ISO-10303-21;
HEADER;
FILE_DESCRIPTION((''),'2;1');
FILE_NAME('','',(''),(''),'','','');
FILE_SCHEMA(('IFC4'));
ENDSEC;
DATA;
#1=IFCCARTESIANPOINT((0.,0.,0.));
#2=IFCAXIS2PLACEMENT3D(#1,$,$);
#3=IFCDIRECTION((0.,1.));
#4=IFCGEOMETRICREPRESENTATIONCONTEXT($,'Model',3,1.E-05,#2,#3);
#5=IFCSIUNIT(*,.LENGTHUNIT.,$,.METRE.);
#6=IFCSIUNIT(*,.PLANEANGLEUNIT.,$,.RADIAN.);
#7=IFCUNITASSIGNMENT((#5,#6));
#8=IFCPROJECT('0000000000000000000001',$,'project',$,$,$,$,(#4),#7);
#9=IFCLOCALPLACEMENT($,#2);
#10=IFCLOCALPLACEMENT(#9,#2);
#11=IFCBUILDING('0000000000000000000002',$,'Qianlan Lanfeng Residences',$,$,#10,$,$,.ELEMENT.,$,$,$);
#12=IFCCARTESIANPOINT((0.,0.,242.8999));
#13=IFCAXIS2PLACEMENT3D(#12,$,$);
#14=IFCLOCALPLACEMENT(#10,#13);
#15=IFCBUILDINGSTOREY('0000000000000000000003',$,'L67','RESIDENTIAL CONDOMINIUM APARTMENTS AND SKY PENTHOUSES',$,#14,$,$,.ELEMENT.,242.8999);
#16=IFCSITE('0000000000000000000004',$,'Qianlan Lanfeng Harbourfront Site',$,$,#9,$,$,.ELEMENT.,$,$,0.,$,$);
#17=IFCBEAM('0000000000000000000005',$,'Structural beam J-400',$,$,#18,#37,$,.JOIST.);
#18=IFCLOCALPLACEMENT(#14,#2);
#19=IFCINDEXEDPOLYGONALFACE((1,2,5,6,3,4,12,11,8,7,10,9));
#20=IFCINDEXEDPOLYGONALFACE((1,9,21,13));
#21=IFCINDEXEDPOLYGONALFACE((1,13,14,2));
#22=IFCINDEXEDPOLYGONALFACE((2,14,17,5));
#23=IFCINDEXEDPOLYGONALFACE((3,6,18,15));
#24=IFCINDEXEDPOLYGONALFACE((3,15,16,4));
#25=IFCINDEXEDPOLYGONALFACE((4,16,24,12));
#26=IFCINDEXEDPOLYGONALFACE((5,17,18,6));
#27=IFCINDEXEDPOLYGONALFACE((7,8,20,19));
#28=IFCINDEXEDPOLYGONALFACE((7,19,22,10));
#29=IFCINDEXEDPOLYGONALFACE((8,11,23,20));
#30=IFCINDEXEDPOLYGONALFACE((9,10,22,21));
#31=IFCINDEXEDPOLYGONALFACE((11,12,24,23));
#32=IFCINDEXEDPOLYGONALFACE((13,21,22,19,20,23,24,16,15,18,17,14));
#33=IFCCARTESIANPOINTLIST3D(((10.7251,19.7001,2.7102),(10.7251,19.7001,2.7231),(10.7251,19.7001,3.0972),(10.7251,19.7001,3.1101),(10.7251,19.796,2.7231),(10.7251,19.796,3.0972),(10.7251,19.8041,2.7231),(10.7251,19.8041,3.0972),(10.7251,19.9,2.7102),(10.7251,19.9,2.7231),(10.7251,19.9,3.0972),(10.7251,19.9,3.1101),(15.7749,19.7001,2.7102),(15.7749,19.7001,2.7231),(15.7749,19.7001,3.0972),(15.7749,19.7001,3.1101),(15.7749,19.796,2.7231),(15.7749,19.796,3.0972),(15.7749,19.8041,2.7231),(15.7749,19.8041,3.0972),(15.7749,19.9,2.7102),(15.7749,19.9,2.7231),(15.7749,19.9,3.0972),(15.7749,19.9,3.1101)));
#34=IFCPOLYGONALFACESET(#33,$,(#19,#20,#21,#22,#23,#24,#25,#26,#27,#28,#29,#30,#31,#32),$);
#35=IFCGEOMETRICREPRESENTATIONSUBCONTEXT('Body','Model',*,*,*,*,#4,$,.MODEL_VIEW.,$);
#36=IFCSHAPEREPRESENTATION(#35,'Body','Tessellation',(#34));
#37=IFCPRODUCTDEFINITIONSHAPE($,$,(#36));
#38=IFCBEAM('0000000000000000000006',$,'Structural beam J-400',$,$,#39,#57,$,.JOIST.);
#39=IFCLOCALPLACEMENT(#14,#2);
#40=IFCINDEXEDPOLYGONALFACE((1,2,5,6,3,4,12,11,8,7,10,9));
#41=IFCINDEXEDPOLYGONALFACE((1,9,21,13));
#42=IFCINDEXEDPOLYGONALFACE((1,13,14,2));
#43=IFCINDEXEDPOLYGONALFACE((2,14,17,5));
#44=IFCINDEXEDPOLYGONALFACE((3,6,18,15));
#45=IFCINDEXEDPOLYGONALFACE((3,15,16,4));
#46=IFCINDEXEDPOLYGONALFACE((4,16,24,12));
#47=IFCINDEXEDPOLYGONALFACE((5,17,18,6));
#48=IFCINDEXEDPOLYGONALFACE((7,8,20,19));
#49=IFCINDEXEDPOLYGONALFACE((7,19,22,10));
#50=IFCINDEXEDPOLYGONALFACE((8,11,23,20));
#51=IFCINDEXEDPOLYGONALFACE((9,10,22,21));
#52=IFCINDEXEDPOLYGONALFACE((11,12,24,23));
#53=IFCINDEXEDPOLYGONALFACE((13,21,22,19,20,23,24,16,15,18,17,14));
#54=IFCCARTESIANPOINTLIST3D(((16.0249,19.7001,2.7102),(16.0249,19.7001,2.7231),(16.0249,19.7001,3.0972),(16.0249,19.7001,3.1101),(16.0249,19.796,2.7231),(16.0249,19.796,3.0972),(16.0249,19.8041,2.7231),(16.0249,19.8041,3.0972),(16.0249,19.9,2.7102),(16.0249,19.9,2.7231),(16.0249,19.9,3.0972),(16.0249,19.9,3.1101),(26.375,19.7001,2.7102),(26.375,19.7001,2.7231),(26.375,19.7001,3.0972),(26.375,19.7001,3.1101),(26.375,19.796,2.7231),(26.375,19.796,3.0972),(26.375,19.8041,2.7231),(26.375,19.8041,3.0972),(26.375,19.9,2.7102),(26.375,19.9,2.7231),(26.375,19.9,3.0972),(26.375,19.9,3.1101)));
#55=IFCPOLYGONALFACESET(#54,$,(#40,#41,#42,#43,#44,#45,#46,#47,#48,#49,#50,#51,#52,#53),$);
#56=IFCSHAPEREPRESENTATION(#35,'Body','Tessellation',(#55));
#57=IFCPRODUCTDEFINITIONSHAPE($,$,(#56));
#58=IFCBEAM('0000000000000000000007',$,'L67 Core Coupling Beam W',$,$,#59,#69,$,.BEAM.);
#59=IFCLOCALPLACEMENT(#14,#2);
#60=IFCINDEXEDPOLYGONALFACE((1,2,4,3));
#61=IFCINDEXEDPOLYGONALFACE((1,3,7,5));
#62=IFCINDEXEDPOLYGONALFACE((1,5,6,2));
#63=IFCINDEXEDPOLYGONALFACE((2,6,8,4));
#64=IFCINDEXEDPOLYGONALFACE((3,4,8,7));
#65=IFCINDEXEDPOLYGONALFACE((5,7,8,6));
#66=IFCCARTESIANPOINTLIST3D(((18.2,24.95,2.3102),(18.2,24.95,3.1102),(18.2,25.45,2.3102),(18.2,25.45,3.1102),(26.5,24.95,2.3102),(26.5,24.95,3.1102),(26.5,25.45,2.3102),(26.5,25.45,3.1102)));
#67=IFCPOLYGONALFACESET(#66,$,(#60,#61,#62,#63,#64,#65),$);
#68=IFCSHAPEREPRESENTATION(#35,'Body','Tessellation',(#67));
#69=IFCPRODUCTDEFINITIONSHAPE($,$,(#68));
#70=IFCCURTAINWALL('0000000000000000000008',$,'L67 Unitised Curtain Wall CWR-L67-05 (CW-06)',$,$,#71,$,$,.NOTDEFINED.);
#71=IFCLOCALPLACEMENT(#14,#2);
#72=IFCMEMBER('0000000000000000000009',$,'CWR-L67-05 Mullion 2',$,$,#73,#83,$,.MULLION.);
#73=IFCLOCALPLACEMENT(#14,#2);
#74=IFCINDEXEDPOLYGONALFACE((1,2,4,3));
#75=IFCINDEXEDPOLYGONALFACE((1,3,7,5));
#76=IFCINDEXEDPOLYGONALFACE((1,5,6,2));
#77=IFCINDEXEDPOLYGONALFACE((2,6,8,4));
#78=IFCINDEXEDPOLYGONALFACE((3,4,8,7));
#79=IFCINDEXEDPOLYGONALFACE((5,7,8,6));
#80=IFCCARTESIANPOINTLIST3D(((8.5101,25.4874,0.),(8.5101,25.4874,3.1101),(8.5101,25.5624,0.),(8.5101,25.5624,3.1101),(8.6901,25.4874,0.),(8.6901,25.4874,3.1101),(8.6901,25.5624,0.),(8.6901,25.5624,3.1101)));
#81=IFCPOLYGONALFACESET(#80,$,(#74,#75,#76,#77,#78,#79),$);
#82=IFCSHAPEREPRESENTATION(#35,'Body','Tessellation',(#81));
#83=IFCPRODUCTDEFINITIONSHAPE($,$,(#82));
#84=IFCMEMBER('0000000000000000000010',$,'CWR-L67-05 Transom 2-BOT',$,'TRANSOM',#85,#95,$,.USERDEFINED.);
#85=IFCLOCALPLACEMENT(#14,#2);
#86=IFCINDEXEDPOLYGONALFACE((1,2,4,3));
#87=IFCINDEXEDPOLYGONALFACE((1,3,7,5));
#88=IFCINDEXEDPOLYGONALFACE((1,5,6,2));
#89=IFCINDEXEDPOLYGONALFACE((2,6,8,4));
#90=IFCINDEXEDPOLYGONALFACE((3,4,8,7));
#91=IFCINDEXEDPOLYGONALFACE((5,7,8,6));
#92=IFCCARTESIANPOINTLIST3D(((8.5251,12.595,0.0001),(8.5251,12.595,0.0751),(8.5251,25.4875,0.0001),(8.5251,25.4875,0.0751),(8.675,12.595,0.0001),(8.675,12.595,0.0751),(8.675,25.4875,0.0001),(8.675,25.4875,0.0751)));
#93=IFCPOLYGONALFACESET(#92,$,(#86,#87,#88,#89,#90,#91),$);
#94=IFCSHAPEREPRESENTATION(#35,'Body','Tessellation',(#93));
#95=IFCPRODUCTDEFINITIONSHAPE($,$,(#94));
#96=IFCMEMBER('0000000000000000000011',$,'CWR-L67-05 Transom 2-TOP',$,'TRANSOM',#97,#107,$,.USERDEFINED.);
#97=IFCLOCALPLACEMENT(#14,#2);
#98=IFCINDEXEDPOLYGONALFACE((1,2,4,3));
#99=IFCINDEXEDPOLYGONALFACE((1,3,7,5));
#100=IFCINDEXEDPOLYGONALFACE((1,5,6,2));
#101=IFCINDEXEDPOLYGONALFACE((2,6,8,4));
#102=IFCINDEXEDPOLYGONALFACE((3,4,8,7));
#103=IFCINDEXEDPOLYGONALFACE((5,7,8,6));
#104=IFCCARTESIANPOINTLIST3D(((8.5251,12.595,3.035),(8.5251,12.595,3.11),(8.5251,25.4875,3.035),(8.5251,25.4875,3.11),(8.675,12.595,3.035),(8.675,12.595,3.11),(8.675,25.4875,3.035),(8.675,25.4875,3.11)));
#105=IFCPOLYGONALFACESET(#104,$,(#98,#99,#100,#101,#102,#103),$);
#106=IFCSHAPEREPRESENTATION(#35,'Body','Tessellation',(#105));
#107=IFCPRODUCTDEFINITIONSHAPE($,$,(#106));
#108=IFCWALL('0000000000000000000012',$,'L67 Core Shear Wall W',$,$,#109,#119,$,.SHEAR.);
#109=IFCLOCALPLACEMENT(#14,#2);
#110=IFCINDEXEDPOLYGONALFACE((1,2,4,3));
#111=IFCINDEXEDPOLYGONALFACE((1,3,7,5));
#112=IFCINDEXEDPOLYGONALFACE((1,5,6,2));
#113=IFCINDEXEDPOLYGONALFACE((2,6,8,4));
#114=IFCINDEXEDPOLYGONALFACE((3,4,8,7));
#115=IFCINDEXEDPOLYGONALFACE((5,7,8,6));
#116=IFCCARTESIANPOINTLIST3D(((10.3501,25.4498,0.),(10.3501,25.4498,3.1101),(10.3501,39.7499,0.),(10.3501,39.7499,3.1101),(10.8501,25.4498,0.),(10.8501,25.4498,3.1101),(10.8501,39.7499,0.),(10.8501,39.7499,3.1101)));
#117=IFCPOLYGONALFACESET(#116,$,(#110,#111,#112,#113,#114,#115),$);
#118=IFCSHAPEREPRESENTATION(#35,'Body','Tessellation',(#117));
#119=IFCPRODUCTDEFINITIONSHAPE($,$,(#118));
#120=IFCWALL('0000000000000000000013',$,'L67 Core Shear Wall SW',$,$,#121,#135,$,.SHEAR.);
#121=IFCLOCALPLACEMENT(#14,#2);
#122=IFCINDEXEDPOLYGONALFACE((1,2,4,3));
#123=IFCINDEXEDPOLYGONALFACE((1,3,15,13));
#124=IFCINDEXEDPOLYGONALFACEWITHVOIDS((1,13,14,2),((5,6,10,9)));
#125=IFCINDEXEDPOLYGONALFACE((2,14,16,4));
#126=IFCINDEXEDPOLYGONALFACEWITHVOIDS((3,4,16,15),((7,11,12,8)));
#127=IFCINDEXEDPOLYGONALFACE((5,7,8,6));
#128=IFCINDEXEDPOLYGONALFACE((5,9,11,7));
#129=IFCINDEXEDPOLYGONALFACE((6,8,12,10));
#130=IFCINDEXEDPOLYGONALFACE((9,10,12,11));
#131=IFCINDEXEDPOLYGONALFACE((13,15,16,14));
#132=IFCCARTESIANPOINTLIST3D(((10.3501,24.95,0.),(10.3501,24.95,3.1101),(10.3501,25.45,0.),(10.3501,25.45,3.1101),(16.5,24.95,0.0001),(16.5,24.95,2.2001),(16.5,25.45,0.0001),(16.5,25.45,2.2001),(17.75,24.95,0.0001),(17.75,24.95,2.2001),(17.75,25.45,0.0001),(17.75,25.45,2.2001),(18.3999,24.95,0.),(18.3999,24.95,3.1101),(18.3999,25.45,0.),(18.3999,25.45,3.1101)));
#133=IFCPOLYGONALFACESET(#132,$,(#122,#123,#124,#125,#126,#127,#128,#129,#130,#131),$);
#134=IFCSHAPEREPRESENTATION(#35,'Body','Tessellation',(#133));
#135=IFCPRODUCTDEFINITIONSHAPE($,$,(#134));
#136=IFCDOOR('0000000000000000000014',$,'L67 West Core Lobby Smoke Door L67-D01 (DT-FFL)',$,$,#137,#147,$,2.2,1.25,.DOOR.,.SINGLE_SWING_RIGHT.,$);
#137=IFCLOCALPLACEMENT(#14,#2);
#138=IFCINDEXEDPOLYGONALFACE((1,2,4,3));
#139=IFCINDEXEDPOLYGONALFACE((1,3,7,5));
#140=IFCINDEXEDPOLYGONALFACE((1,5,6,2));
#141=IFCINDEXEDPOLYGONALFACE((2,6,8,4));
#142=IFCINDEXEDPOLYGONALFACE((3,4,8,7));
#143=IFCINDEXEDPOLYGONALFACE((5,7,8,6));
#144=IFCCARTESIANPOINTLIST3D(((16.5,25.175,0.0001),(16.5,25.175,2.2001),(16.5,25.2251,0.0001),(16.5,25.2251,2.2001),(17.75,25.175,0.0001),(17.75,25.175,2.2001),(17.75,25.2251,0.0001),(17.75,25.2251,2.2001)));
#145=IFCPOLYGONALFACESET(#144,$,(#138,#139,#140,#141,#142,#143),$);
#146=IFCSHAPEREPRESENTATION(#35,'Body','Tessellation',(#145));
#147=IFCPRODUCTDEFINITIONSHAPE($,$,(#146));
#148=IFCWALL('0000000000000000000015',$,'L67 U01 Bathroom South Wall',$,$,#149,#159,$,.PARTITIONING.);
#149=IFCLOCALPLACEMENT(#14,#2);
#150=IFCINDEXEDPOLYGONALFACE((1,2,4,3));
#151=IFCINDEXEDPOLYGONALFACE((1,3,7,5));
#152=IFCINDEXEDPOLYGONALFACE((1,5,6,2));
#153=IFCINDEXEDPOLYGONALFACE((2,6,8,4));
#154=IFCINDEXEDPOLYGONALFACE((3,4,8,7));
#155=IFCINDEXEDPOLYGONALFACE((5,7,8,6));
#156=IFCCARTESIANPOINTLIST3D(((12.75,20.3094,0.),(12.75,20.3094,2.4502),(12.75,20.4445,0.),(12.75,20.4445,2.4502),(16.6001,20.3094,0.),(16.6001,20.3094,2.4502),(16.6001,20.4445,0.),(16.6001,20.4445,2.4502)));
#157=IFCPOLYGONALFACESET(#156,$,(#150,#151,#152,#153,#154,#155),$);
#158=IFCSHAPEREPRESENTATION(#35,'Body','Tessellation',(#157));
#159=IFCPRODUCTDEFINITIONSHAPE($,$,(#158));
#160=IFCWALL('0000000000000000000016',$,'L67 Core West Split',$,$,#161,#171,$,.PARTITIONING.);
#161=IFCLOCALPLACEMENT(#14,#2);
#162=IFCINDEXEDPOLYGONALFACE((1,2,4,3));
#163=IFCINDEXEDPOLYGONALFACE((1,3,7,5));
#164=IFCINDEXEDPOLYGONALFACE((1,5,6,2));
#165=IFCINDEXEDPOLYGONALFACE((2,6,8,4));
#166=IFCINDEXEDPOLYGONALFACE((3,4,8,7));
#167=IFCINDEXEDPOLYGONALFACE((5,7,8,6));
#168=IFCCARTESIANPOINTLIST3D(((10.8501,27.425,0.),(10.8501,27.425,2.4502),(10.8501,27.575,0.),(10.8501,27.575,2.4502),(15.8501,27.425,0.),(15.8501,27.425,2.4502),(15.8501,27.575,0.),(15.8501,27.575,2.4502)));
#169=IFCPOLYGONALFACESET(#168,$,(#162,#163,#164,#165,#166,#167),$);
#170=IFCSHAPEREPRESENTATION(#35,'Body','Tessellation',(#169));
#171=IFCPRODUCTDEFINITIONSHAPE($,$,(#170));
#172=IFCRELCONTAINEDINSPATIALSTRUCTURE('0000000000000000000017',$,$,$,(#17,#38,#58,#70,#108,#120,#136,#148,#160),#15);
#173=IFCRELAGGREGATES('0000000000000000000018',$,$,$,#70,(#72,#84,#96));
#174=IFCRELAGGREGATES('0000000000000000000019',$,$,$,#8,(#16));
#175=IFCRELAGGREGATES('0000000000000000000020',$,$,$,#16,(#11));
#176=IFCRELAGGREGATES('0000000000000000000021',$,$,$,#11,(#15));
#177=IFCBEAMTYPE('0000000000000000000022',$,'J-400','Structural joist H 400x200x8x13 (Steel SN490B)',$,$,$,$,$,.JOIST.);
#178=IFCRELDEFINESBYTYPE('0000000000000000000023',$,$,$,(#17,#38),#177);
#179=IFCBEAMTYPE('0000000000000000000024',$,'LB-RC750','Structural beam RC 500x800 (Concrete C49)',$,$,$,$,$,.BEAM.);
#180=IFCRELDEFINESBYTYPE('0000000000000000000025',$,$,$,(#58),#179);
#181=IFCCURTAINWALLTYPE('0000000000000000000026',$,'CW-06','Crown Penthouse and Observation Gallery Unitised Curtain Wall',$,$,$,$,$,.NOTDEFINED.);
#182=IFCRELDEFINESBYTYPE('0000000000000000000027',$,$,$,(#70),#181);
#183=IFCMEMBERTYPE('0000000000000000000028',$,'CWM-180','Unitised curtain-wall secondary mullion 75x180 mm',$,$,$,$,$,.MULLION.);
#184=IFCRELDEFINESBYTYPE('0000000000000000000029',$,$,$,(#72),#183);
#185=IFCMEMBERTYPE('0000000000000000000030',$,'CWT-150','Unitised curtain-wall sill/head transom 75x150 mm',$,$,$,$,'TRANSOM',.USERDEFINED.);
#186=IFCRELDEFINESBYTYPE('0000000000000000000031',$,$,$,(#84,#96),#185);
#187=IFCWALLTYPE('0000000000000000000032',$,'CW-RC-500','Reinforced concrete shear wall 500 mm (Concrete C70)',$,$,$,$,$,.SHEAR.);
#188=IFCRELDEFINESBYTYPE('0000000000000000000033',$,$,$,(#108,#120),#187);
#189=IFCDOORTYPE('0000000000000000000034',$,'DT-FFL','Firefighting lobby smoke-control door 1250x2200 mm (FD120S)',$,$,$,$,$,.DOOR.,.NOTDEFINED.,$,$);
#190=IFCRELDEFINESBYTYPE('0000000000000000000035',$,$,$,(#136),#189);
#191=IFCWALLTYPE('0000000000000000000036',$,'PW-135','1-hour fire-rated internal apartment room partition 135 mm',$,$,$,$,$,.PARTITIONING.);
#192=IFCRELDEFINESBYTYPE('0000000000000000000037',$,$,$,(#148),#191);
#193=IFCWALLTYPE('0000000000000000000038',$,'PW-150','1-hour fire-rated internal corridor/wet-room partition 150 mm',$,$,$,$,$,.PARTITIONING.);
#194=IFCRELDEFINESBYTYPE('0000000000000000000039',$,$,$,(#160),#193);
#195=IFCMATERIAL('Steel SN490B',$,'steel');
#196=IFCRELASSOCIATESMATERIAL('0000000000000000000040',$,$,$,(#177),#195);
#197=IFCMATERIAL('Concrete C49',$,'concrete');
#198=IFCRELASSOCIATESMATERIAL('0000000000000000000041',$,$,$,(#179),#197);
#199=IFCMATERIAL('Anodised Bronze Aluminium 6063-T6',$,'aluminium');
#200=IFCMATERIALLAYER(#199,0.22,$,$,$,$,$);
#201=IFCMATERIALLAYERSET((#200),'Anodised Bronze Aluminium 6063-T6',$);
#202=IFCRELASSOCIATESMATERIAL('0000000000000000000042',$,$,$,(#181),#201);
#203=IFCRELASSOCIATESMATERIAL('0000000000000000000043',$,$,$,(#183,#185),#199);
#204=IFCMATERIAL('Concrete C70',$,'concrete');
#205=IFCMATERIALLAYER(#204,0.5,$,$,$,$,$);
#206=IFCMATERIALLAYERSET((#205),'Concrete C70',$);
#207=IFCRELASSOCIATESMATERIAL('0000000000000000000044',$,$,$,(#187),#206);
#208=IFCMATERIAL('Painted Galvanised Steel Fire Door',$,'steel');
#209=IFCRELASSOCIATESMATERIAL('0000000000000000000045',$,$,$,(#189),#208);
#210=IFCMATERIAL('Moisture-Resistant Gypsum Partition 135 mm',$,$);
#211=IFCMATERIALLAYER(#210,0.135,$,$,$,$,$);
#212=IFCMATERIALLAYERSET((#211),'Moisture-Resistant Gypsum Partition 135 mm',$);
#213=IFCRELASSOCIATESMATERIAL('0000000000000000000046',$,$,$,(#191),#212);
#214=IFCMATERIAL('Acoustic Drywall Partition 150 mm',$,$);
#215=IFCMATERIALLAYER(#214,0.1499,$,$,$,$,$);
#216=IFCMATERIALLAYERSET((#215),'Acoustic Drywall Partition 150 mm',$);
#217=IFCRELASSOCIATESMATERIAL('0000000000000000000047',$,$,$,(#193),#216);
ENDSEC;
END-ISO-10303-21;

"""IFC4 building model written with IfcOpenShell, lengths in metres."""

from ifc_helpers import new_model, si_unit, direction, frame, frame_2d, origin, origin_2d, place, context, subcontext, project, spatial, rectangle, i_section, extrude, source, transform, mapped, material, layer, layer_set, material_profile, profile_set, type_object, element, fill, aggregate, save


model = new_model("IFC4")

# Units and contexts
model_context = context("Model", 3, precision=1e-05, world=origin(), true_north=direction((0.0, 1.0)))
body_context = subcontext(model_context, "Body", "Model", "MODEL_VIEW")
ifc_project = project(units=[si_unit("LENGTHUNIT", "METRE"), si_unit("PLANEANGLEUNIT", "RADIAN")], contexts=[model_context])

# Site, building, storey
site_placement = place(None, origin())
site = spatial("IfcSite", under=ifc_project, at=site_placement, Name="Qianlan Lanfeng Harbourfront Site", CompositionType="ELEMENT", RefElevation=0.0)
building_placement = place(site_placement, origin())
building = spatial("IfcBuilding", under=site, at=building_placement, Name="Qianlan Lanfeng Residences", CompositionType="ELEMENT")
storey_placement = place(building_placement, frame((0.0, 0.0, 242.8999)))
storey = spatial("IfcBuildingStorey", under=building, at=storey_placement, Name="L67", Description="RESIDENTIAL CONDOMINIUM APARTMENTS AND SKY PENTHOUSES", CompositionType="ELEMENT", Elevation=242.8999)

# Beams
ifc_material_1 = material(Name="Steel SN490B", Category="steel")
ifc_material_profile_1 = material_profile(ifc_material_1, i_section(OverallWidth=0.2, OverallDepth=0.3999, WebThickness=0.0081, FlangeThickness=0.0129, at=origin_2d()), Name="H 400x200x8x13")
ifc_profile_set_1 = profile_set([ifc_material_profile_1], Name="Steel SN490B")
beam_type_1 = type_object("IfcBeamType", Name="J-400", Description="Structural joist H 400x200x8x13 (Steel SN490B)", PredefinedType="JOIST", material=ifc_profile_set_1)
beam_1_placement = place(storey_placement, frame((10.7251, 19.8, 2.9102), z_axis=(1.0, 0.0, 0.0), x_axis=(0.0, 1.0, 0.0)))
element("IfcBeam", 1, at=beam_1_placement, inside=storey, type_object=beam_type_1, Name="Structural beam J-400", PredefinedType="JOIST", context=body_context, shape_type="SweptSolid", body=[
    extrude(i_section(OverallWidth=0.2, OverallDepth=0.3999, WebThickness=0.0081, FlangeThickness=0.0129, at=origin_2d()), origin(), (0.0, 0.0, 1.0), 5.0498),
])
beam_2_placement = place(storey_placement, frame((16.0249, 19.8, 2.9102), z_axis=(1.0, 0.0, 0.0), x_axis=(0.0, 1.0, 0.0)))
element("IfcBeam", 2, at=beam_2_placement, inside=storey, type_object=beam_type_1, Name="Structural beam J-400", PredefinedType="JOIST", context=body_context, shape_type="SweptSolid", body=[
    extrude(i_section(OverallWidth=0.2, OverallDepth=0.3999, WebThickness=0.0081, FlangeThickness=0.0129, at=origin_2d()), origin(), (0.0, 0.0, 1.0), 10.3501),
])
ifc_material_2 = material(Name="Concrete C49", Category="concrete")
ifc_material_profile_2 = material_profile(ifc_material_2, rectangle(XDim=0.5, YDim=0.8, at=origin_2d()), Name="RC 500x800")
ifc_profile_set_2 = profile_set([ifc_material_profile_2], Name="Concrete C49")
beam_type_2 = type_object("IfcBeamType", Name="LB-RC750", Description="Structural beam RC 500x800 (Concrete C49)", PredefinedType="BEAM", material=ifc_profile_set_2)
beam_3_placement = place(storey_placement, frame((18.2, 25.2, 2.7102), z_axis=(1.0, 0.0, 0.0), x_axis=(0.0, 1.0, 0.0)))
element("IfcBeam", 3, at=beam_3_placement, inside=storey, type_object=beam_type_2, Name="L67 Core Coupling Beam W", PredefinedType="BEAM", context=body_context, shape_type="SweptSolid", body=[
    extrude(rectangle(XDim=0.5, YDim=0.8, at=origin_2d()), origin(), (0.0, 0.0, 1.0), 8.3),
])

# Curtain wall, members
ifc_material_3 = material(Name="Anodised Bronze Aluminium 6063-T6", Category="aluminium")
ifc_layer_1 = layer(ifc_material_3, 0.22)
ifc_layer_set_1 = layer_set([ifc_layer_1], Name="Anodised Bronze Aluminium 6063-T6")
curtain_wall_type = type_object("IfcCurtainWallType", Name="CW-06", Description="Crown Penthouse and Observation Gallery Unitised Curtain Wall", PredefinedType="NOTDEFINED", material=ifc_layer_set_1)
curtain_wall_placement = place(storey_placement, origin())
curtain_wall = element("IfcCurtainWall", 4, at=curtain_wall_placement, inside=storey, type_object=curtain_wall_type, Name="L67 Unitised Curtain Wall CWR-L67-05 (CW-06)", PredefinedType="NOTDEFINED")
ifc_material_profile_3 = material_profile(ifc_material_3, rectangle(XDim=0.075, YDim=0.1799, at=origin_2d()), Name="ALU MULLION 75x180")
ifc_profile_set_3 = profile_set([ifc_material_profile_3], Name="Anodised Bronze Aluminium 6063-T6")
member_type_1 = type_object("IfcMemberType", Name="CWM-180", Description="Unitised curtain-wall secondary mullion 75x180 mm", PredefinedType="MULLION", material=ifc_profile_set_3)
shared_shape_1 = source(origin(), body_context, "Body", "SweptSolid", [
    extrude(rectangle(XDim=0.075, YDim=0.1799, at=origin_2d()), origin(), (0.0, 0.0, 1.0), 3.1101),
])
member_1_placement = place(storey_placement, frame((8.6001, 25.5249, 0.0), z_axis=(0.0, 0.0, 1.0), x_axis=(0.0, -1.0, 0.0)))
member_1 = element("IfcMember", 5, at=member_1_placement, type_object=member_type_1, Name="CWR-L67-05 Mullion 2", PredefinedType="MULLION", context=body_context, shape_type="MappedRepresentation", body=[
    mapped(shared_shape_1, transform((0.0, 0.0, 0.0), scale=1.0)),
])
ifc_material_profile_4 = material_profile(ifc_material_3, rectangle(XDim=0.075, YDim=0.1499, at=origin_2d()), Name="ALU TRANSOM 75x150")
ifc_profile_set_4 = profile_set([ifc_material_profile_4], Name="Anodised Bronze Aluminium 6063-T6")
member_type_2 = type_object("IfcMemberType", Name="CWT-150", Description="Unitised curtain-wall sill/head transom 75x150 mm", ElementType="TRANSOM", PredefinedType="USERDEFINED", material=ifc_profile_set_4)
shared_shape_2 = source(origin(), body_context, "Body", "SweptSolid", [
    extrude(rectangle(XDim=0.075, YDim=0.1499, at=origin_2d()), origin(), (0.0, 0.0, 1.0), 12.8926),
])
member_2_placement = place(storey_placement, frame((8.6001, 25.4875, 0.0376), z_axis=(0.0, -1.0, 0.0), x_axis=(0.0, 0.0, 1.0)))
member_2 = element("IfcMember", 6, at=member_2_placement, type_object=member_type_2, Name="CWR-L67-05 Transom 2-BOT", ObjectType="TRANSOM", PredefinedType="USERDEFINED", context=body_context, shape_type="MappedRepresentation", body=[
    mapped(shared_shape_2, transform((0.0, 0.0, 0.0), scale=1.0)),
])
member_3_placement = place(storey_placement, frame((8.6001, 25.4875, 3.0725), z_axis=(0.0, -1.0, 0.0), x_axis=(0.0, 0.0, 1.0)))
member_3 = element("IfcMember", 7, at=member_3_placement, type_object=member_type_2, Name="CWR-L67-05 Transom 2-TOP", ObjectType="TRANSOM", PredefinedType="USERDEFINED", context=body_context, shape_type="MappedRepresentation", body=[
    mapped(shared_shape_2, transform((0.0, 0.0, 0.0), scale=1.0)),
])
aggregate(curtain_wall, [member_1, member_2, member_3])

# Wall
ifc_material_4 = material(Name="Concrete C70", Category="concrete")
ifc_layer_2 = layer(ifc_material_4, 0.5)
ifc_layer_set_2 = layer_set([ifc_layer_2], Name="Concrete C70")
wall_type_1 = type_object("IfcWallType", Name="CW-RC-500", Description="Reinforced concrete shear wall 500 mm (Concrete C70)", PredefinedType="SHEAR", material=ifc_layer_set_2)
wall_1_placement = place(storey_placement, frame((10.6001, 25.45, 0.0), z_axis=(0.0, 0.0, 1.0), x_axis=(0.0, 1.0, 0.0)))
element("IfcWall", 8, at=wall_1_placement, inside=storey, type_object=wall_type_1, Name="L67 Core Shear Wall W", PredefinedType="SHEAR", context=body_context, shape_type="SweptSolid", body=[
    extrude(rectangle(XDim=14.3, YDim=0.5, at=frame_2d((7.1499, 0.0))), origin(), (0.0, 0.0, 1.0), 3.1101),
])

# Wall, opening, door
wall_2_placement = place(storey_placement, frame((10.3501, 25.2, 0.0), z_axis=(0.0, 0.0, 1.0), x_axis=(1.0, 0.0, 0.0)))
wall_2 = element("IfcWall", 9, at=wall_2_placement, inside=storey, type_object=wall_type_1, Name="L67 Core Shear Wall SW", PredefinedType="SHEAR", context=body_context, shape_type="SweptSolid", body=[
    extrude(rectangle(XDim=8.0498, YDim=0.5, at=frame_2d((4.0249, 0.0))), origin(), (0.0, 0.0, 1.0), 3.1101),
])
opening_1_placement = place(wall_2_placement, frame((6.1499, 0.0, 0.0)))
opening_1 = element("IfcOpeningElement", 10, at=opening_1_placement, cuts=wall_2, PredefinedType="OPENING", context=body_context, shape_type="SweptSolid", body=[
    extrude(rectangle(XDim=1.25, YDim=2.2, at=frame_2d((0.625, 1.1001))), frame((0.0, 0.26, 0.0), z_axis=(0.0, -1.0, 0.0), x_axis=(1.0, 0.0, 0.0)), (0.0, 0.0, 1.0), 0.52),
])
ifc_material_5 = material(Name="Painted Galvanised Steel Fire Door", Category="steel")
door_type_1 = type_object("IfcDoorType", Name="DT-FFL", Description="Firefighting lobby smoke-control door 1250x2200 mm (FD120S)", OperationType="NOTDEFINED", PredefinedType="DOOR", material=ifc_material_5)
door_1_placement = place(opening_1_placement, frame((1.25, 0.0, 0.0), z_axis=(0.0, 0.0, 1.0), x_axis=(-1.0, 0.0, 0.0)))
door_1 = element("IfcDoor", 11, at=door_1_placement, inside=storey, type_object=door_type_1, Name="L67 West Core Lobby Smoke Door L67-D01 (DT-FFL)", OperationType="SINGLE_SWING_RIGHT", OverallHeight=2.2, OverallWidth=1.25, PredefinedType="DOOR", context=body_context, shape_type="SweptSolid", body=[
    extrude(rectangle(XDim=1.25, YDim=2.2, at=frame_2d((0.625, 1.1001))), frame((0.0, 0.0249, 0.0), z_axis=(0.0, -1.0, 0.0), x_axis=(1.0, 0.0, 0.0)), (0.0, 0.0, 1.0), 0.05),
])
fill(opening_1, door_1)

# Walls
ifc_material_6 = material(Name="Moisture-Resistant Gypsum Partition 135 mm")
ifc_layer_3 = layer(ifc_material_6, 0.135)
ifc_layer_set_3 = layer_set([ifc_layer_3], Name="Moisture-Resistant Gypsum Partition 135 mm")
wall_type_2 = type_object("IfcWallType", Name="PW-135", Description="1-hour fire-rated internal apartment room partition 135 mm", PredefinedType="PARTITIONING", material=ifc_layer_set_3)
wall_3_placement = place(storey_placement, frame((12.75, 20.377, 0.0), z_axis=(0.0, 0.0, 1.0), x_axis=(1.0, 0.0, 0.0)))
element("IfcWall", 12, at=wall_3_placement, inside=storey, type_object=wall_type_2, Name="L67 U01 Bathroom South Wall", PredefinedType="PARTITIONING", context=body_context, shape_type="SweptSolid", body=[
    extrude(rectangle(XDim=3.8501, YDim=0.135, at=frame_2d((1.925, 0.0))), origin(), (0.0, 0.0, 1.0), 2.4502),
])
ifc_material_7 = material(Name="Acoustic Drywall Partition 150 mm")
ifc_layer_4 = layer(ifc_material_7, 0.1499)
ifc_layer_set_4 = layer_set([ifc_layer_4], Name="Acoustic Drywall Partition 150 mm")
wall_type_3 = type_object("IfcWallType", Name="PW-150", Description="1-hour fire-rated internal corridor/wet-room partition 150 mm", PredefinedType="PARTITIONING", material=ifc_layer_set_4)
wall_4_placement = place(storey_placement, frame((10.8501, 27.5, 0.0), z_axis=(0.0, 0.0, 1.0), x_axis=(1.0, 0.0, 0.0)))
element("IfcWall", 13, at=wall_4_placement, inside=storey, type_object=wall_type_3, Name="L67 Core West Split", PredefinedType="PARTITIONING", context=body_context, shape_type="SweptSolid", body=[
    extrude(rectangle(XDim=5.0, YDim=0.1499, at=frame_2d((2.5, 0.0))), origin(), (0.0, 0.0, 1.0), 2.4502),
])

save(model, "model.ifc")
